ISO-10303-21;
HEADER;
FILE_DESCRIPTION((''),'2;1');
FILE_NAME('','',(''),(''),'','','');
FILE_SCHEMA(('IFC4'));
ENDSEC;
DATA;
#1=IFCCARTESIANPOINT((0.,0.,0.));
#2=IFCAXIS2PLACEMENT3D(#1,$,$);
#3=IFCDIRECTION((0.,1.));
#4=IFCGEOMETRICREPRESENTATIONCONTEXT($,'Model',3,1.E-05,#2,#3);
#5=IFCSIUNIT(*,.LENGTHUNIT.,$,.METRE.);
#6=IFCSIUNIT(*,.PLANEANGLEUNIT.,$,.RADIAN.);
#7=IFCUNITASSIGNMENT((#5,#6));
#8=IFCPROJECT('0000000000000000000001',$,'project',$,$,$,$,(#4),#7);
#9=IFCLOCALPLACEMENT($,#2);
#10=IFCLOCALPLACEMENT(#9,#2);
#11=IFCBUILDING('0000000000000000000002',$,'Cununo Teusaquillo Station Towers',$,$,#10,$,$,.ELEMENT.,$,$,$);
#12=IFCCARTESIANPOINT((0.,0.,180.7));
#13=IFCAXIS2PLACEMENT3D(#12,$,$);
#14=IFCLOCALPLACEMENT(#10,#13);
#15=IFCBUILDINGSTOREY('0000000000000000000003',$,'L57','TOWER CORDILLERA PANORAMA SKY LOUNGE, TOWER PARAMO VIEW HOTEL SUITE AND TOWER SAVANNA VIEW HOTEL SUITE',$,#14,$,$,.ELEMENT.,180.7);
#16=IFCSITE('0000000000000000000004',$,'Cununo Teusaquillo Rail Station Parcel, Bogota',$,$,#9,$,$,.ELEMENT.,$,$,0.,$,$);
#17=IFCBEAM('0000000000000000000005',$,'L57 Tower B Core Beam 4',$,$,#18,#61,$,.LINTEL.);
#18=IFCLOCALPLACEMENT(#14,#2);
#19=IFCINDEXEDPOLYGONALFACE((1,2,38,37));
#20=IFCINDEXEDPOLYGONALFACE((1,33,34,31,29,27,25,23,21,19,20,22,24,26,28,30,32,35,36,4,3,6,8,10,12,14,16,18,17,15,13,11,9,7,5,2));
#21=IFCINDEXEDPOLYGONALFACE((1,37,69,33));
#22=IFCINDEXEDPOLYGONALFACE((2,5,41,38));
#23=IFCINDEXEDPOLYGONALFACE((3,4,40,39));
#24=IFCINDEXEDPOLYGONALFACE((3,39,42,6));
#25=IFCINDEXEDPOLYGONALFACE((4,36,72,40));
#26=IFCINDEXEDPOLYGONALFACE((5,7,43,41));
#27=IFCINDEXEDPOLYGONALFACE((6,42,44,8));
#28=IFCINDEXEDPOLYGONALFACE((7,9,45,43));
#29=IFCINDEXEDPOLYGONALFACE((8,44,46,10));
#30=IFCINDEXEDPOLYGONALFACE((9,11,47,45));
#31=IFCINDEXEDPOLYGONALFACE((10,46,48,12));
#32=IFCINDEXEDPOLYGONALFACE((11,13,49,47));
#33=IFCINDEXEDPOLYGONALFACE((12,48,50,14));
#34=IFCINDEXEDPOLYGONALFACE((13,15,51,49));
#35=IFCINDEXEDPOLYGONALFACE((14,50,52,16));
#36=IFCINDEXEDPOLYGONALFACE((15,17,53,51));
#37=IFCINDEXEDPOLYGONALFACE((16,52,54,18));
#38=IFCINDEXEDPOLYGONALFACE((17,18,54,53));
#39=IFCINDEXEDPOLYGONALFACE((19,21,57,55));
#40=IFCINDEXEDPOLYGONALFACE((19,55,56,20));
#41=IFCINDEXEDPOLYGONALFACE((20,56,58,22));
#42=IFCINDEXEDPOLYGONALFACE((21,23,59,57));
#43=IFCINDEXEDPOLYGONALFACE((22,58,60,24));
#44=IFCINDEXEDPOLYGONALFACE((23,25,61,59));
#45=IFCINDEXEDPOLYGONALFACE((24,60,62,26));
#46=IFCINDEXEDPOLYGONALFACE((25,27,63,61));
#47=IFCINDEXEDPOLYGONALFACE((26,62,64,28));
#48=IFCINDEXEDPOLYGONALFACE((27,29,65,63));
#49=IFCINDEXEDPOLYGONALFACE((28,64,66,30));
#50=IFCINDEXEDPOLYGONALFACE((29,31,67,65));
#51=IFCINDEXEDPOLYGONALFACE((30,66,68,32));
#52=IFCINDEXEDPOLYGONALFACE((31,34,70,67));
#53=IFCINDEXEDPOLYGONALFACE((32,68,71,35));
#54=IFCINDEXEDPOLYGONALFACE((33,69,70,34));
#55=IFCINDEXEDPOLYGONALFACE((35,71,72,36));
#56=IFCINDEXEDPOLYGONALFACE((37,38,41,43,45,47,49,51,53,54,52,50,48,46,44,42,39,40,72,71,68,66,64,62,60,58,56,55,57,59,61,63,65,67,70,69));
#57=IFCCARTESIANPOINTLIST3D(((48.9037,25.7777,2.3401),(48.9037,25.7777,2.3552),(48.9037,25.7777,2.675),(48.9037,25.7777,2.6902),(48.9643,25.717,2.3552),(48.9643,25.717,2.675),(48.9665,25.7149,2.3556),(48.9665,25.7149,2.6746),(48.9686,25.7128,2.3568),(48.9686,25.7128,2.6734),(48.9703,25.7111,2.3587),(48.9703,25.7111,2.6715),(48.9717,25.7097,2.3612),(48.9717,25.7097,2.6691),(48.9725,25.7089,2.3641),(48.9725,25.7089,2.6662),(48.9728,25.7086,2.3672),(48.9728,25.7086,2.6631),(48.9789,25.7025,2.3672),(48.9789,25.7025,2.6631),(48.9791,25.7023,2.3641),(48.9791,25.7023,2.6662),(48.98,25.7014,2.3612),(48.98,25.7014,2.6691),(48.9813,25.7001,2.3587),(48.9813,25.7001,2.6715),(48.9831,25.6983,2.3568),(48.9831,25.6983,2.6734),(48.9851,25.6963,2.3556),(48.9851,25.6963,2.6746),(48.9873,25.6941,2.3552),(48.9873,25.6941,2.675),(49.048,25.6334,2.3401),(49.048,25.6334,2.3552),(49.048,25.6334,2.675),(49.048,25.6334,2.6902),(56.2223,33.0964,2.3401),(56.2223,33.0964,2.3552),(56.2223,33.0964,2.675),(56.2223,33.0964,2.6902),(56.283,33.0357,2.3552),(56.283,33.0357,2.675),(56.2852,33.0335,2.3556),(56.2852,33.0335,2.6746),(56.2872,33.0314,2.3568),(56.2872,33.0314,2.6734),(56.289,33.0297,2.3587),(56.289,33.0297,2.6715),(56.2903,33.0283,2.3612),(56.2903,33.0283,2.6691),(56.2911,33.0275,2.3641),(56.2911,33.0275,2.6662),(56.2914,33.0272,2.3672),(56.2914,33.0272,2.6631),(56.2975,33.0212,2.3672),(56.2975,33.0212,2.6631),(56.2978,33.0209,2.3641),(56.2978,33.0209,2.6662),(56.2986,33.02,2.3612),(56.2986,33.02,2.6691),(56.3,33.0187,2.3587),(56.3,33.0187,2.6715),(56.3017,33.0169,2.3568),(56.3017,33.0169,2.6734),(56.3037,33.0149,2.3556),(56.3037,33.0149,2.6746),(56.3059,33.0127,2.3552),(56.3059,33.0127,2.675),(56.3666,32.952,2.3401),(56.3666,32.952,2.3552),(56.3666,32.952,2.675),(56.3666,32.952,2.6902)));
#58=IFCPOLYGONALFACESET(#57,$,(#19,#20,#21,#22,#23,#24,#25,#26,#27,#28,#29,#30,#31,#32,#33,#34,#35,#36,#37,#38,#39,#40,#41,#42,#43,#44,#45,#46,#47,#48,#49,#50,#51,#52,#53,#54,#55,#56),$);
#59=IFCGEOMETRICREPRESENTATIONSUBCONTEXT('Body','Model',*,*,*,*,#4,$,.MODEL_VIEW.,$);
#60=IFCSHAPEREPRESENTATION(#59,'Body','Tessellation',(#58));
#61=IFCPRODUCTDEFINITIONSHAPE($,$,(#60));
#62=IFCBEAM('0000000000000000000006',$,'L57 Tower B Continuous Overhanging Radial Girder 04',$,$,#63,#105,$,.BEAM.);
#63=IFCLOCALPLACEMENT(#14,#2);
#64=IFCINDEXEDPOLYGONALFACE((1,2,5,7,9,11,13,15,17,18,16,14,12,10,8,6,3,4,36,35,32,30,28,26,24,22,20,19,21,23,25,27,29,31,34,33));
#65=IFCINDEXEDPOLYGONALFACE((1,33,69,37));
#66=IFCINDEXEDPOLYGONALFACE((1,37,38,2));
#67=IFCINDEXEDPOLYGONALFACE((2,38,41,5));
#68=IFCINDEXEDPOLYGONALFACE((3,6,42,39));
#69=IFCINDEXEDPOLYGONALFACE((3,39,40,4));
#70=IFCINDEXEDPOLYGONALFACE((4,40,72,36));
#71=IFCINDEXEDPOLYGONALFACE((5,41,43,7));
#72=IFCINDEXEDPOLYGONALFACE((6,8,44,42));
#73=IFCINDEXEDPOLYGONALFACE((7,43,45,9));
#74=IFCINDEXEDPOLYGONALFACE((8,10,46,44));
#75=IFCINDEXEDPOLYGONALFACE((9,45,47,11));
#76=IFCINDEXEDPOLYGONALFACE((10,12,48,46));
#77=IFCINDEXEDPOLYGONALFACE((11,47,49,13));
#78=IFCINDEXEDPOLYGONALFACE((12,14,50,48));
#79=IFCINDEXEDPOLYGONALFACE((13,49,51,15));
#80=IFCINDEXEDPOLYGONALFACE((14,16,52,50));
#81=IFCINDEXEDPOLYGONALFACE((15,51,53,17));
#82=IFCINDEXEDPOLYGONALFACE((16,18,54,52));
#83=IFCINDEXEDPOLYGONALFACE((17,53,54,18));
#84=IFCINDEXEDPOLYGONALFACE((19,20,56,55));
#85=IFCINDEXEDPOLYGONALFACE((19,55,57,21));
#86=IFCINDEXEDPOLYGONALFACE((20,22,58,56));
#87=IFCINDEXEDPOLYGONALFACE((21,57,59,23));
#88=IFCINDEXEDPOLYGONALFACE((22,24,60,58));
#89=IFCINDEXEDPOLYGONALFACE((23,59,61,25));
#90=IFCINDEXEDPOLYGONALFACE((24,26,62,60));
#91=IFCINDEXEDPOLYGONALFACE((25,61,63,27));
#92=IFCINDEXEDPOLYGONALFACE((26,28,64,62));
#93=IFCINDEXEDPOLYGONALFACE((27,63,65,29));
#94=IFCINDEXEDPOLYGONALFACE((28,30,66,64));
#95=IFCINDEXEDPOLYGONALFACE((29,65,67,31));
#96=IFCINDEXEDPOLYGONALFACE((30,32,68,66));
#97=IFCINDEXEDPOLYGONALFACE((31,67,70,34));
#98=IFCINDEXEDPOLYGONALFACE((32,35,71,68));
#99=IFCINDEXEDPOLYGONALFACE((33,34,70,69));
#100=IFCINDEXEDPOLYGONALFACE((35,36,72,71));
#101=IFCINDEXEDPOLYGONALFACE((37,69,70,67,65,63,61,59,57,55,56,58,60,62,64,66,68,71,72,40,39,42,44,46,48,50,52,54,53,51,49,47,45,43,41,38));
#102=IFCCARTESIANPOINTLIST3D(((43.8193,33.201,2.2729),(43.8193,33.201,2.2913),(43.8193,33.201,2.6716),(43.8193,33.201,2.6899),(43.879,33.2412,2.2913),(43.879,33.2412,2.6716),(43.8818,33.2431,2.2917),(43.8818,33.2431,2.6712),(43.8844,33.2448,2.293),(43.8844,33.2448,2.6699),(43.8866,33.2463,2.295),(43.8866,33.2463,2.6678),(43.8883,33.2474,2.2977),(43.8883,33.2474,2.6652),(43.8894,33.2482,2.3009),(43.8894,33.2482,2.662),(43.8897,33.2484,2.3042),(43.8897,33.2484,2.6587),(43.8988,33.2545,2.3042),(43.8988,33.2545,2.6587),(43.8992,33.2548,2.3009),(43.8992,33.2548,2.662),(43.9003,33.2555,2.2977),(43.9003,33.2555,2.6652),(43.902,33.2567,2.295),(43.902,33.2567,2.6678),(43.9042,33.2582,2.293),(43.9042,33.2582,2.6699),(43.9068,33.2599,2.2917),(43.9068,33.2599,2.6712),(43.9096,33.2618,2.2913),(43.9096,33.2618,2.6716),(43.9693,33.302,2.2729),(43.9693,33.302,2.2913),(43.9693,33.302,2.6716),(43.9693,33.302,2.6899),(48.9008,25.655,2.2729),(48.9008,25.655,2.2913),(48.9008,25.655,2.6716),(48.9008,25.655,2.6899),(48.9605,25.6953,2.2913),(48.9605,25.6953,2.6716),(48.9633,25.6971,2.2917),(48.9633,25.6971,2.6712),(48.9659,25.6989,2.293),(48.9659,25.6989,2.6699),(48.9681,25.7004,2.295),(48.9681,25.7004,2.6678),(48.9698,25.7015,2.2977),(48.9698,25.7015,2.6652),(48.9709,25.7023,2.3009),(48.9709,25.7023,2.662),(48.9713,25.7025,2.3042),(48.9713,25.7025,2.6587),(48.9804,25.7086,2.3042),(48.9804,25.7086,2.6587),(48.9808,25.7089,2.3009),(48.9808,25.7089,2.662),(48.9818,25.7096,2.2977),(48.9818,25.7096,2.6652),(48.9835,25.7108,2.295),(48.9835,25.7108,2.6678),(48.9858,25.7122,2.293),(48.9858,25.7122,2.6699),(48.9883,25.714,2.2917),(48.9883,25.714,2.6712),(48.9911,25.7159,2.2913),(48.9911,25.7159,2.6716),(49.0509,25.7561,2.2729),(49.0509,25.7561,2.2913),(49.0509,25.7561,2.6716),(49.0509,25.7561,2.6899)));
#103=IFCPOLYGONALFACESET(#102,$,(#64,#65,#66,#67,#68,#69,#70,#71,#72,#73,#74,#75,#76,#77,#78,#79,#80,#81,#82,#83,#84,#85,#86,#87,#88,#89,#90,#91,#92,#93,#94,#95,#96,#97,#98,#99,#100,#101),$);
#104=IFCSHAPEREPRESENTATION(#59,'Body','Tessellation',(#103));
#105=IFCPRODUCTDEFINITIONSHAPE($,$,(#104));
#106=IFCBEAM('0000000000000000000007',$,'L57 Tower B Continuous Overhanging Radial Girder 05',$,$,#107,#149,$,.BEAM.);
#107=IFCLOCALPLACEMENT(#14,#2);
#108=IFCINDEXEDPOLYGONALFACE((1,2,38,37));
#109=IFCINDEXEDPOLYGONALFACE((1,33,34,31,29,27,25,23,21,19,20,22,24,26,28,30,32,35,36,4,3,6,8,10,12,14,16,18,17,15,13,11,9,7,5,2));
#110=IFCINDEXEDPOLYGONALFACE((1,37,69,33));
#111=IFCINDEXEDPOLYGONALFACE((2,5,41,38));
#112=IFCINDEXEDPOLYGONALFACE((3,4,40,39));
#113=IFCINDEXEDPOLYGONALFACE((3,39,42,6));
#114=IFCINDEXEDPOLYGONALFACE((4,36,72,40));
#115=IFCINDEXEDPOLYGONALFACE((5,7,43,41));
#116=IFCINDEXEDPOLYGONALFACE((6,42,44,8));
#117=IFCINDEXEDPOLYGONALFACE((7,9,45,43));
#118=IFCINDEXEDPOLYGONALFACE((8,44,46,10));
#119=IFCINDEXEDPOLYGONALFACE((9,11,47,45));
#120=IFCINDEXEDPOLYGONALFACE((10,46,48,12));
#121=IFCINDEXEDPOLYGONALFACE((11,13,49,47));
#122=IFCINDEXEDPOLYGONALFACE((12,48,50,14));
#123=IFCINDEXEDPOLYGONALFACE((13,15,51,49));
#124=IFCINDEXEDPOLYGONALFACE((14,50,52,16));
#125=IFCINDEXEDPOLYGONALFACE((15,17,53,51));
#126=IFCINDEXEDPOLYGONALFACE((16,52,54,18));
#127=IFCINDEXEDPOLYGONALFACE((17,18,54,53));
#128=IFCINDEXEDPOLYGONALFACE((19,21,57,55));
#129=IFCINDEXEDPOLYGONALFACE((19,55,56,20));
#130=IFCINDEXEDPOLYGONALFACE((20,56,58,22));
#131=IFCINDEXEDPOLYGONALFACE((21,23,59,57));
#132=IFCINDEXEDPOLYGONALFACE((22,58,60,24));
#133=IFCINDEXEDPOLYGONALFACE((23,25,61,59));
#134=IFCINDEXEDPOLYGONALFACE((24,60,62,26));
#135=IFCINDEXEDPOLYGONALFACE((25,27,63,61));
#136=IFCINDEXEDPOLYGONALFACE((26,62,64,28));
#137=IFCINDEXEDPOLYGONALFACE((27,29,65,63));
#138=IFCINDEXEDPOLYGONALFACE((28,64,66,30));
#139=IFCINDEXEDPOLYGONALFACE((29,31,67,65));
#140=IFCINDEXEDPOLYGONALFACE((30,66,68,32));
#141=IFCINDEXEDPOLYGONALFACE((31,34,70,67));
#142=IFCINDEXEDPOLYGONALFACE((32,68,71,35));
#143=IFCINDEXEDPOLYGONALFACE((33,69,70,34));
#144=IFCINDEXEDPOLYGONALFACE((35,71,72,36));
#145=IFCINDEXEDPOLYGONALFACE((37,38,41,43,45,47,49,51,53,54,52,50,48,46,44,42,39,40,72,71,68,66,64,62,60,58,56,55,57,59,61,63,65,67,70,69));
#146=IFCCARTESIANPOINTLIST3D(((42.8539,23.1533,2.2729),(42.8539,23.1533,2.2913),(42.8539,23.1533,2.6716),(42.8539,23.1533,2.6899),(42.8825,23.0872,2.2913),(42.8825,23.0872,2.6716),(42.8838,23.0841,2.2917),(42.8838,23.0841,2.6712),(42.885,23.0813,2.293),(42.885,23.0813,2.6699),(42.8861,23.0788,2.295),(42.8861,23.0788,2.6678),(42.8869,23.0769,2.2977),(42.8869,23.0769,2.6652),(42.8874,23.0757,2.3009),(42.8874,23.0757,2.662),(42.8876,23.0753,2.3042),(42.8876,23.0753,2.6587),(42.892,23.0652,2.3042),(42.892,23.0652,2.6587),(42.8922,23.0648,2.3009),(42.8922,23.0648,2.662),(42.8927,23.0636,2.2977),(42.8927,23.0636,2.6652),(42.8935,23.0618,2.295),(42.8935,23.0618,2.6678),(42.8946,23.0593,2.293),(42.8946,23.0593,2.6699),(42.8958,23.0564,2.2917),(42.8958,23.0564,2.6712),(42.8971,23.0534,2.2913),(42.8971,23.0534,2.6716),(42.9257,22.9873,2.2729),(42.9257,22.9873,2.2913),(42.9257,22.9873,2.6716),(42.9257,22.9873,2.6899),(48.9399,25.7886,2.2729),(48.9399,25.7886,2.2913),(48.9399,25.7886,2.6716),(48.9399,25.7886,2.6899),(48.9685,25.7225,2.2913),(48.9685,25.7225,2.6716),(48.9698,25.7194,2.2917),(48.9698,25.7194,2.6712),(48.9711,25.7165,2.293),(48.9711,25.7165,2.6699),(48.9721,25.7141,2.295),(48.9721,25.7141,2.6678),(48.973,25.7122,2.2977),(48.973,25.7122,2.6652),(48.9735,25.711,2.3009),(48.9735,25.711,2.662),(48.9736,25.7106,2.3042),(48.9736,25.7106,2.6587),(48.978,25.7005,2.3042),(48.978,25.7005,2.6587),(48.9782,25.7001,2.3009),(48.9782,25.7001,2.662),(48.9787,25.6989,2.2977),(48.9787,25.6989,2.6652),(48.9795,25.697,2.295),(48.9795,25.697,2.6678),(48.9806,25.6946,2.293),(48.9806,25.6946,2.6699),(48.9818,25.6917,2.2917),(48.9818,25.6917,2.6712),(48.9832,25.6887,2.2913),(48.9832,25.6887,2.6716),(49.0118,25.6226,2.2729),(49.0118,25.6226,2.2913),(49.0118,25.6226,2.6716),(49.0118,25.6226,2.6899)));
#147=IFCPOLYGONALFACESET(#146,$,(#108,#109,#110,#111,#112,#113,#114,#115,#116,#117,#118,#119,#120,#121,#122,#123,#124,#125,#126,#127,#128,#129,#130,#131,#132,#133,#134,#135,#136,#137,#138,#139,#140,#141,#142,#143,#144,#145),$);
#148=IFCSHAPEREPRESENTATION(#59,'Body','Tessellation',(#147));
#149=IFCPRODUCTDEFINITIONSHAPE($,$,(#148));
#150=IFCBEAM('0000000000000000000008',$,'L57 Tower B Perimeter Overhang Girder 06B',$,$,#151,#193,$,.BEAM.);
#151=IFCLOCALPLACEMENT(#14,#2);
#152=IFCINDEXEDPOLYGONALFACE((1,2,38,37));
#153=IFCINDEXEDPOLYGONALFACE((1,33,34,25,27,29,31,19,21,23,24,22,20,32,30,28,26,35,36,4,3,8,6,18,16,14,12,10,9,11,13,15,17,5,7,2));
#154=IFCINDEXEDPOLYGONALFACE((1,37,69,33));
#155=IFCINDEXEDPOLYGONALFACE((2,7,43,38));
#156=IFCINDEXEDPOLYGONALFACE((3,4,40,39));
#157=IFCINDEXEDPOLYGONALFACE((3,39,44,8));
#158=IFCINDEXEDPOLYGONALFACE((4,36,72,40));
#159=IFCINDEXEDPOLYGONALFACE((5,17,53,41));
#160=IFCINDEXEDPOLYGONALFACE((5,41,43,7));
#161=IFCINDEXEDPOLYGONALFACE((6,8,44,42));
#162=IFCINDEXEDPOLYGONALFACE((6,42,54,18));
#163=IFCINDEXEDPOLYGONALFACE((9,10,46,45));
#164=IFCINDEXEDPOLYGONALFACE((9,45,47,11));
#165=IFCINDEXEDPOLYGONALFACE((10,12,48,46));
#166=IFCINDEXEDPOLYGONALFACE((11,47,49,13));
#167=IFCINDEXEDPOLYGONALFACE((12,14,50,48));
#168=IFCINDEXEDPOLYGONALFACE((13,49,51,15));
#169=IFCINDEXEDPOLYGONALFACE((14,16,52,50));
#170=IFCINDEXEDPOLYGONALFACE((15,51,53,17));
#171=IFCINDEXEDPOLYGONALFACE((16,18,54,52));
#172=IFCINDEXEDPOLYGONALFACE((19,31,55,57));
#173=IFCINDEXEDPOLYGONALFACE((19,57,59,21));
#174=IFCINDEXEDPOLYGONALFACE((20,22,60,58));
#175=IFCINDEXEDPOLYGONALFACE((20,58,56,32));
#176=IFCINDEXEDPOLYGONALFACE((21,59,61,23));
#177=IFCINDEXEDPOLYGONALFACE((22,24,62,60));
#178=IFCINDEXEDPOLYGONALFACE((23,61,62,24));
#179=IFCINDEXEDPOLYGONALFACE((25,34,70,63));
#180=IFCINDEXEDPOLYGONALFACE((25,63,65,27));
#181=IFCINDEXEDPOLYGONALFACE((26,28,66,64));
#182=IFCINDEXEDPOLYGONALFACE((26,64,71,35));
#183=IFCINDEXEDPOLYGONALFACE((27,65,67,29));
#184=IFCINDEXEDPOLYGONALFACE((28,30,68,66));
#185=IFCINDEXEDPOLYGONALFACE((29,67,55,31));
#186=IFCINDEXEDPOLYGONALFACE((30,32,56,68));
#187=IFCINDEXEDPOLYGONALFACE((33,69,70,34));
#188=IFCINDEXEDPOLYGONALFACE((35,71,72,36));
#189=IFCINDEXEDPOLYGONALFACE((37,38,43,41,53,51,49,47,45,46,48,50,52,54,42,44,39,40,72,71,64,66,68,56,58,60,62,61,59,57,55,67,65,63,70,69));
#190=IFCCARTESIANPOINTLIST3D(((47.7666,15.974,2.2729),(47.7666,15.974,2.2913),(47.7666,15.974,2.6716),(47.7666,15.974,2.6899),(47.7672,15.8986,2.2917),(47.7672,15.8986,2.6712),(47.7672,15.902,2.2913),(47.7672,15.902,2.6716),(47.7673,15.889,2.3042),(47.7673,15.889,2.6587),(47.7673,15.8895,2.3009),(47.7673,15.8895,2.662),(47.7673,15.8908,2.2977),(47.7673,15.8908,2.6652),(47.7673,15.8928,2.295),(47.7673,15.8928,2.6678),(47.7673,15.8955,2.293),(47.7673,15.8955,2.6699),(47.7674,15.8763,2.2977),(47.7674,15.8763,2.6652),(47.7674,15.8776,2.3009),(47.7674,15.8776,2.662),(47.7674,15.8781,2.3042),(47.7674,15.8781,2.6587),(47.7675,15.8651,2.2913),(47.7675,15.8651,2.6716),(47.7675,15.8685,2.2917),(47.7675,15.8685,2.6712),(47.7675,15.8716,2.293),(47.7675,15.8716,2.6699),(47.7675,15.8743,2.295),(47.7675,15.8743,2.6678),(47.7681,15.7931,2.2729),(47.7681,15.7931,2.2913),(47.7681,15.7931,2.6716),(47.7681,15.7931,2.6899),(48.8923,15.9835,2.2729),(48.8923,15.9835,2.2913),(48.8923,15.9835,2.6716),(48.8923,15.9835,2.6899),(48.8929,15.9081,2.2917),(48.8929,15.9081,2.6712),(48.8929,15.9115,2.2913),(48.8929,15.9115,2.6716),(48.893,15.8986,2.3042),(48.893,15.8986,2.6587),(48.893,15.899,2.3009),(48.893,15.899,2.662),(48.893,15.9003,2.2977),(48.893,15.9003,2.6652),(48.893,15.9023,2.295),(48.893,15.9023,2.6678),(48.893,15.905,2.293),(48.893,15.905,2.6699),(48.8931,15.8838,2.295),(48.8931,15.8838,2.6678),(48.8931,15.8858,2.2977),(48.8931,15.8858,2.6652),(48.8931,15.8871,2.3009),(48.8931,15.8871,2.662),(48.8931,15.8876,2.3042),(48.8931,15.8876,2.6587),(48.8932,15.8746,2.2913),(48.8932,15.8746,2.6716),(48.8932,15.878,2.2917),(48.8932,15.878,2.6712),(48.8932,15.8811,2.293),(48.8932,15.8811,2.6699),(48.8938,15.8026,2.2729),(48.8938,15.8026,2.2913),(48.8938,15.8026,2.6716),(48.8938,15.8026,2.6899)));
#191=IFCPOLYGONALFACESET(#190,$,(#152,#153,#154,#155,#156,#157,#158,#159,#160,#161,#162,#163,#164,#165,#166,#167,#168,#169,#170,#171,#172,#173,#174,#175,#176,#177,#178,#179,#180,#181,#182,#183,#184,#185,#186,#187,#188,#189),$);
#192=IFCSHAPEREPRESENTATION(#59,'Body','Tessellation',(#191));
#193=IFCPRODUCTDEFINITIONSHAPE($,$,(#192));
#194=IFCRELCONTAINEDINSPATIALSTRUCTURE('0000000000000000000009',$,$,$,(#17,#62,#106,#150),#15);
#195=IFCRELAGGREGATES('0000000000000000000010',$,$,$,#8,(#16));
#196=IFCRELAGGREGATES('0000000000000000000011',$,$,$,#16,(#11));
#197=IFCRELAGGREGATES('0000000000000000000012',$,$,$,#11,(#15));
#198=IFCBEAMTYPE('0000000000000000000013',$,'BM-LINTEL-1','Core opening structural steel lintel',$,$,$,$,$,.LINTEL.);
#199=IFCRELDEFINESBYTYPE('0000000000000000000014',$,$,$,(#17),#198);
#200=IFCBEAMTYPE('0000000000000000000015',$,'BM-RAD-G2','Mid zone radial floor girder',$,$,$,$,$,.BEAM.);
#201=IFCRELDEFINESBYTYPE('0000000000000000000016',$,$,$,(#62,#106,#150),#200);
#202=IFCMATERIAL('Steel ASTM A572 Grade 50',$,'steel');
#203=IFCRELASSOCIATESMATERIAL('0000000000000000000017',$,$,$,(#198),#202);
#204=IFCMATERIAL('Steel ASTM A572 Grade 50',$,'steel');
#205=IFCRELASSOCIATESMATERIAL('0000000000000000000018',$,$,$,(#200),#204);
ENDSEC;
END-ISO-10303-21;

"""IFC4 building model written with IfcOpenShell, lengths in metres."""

from ifc_helpers import new_model, si_unit, direction, frame, origin, origin_2d, place, context, subcontext, project, spatial, i_section, extrude, material, material_profile, profile_set, type_object, element, save


model = new_model("IFC4")

# Units and contexts
model_context = context("Model", 3, precision=1e-05, world=origin(), true_north=direction((0.0, 1.0)))
body_context = subcontext(model_context, "Body", "Model", "MODEL_VIEW")
ifc_project = project(units=[si_unit("LENGTHUNIT", "METRE"), si_unit("PLANEANGLEUNIT", "RADIAN")], contexts=[model_context])

# Site, building, storey
site_placement = place(None, origin())
site = spatial("IfcSite", under=ifc_project, at=site_placement, Name="Cununo Teusaquillo Rail Station Parcel, Bogota", CompositionType="ELEMENT", RefElevation=0.0)
building_placement = place(site_placement, origin())
building = spatial("IfcBuilding", under=site, at=building_placement, Name="Cununo Teusaquillo Station Towers", CompositionType="ELEMENT")
storey_placement = place(building_placement, frame((0.0, 0.0, 180.7)))
storey = spatial("IfcBuildingStorey", under=building, at=storey_placement, Name="L57", Description="TOWER CORDILLERA PANORAMA SKY LOUNGE, TOWER PARAMO VIEW HOTEL SUITE AND TOWER SAVANNA VIEW HOTEL SUITE", CompositionType="ELEMENT", Elevation=180.7)

# Beams
ifc_material_1 = material(Name="Steel ASTM A572 Grade 50", Category="steel")
ifc_material_profile_1 = material_profile(ifc_material_1, i_section(OverallWidth=0.2041, OverallDepth=0.3501, WebThickness=0.0085, FlangeThickness=0.0151, FilletRadius=0.012, at=origin_2d()), Name="W14X48")
ifc_profile_set_1 = profile_set([ifc_material_profile_1], Name="Steel ASTM A572 Grade 50")
beam_type_1 = type_object("IfcBeamType", Name="BM-LINTEL-1", Description="Core opening structural steel lintel", PredefinedType="LINTEL", material=ifc_profile_set_1)
beam_1_placement = place(storey_placement, frame((48.9758, 25.7056, 2.5151), z_axis=(0.707107, 0.707107, 0.0), x_axis=(-0.707107, 0.707107, 0.0)))
element("IfcBeam", 1, at=beam_1_placement, inside=storey, type_object=beam_type_1, Name="L57 Tower B Core Beam 4", PredefinedType="LINTEL", context=body_context, shape_type="SweptSolid", body=[
    extrude(i_section(OverallWidth=0.2041, OverallDepth=0.3501, WebThickness=0.0085, FlangeThickness=0.0151, FilletRadius=0.012, at=origin_2d()), origin(), (0.0, 0.0, 1.0), 10.3501),
])
ifc_material_2 = material(Name="Steel ASTM A572 Grade 50", Category="steel")
ifc_material_profile_2 = material_profile(ifc_material_2, i_section(OverallWidth=0.1809, OverallDepth=0.417, WebThickness=0.011, FlangeThickness=0.0183, FilletRadius=0.0129, at=origin_2d()), Name="W16X57")
ifc_profile_set_2 = profile_set([ifc_material_profile_2], Name="Steel ASTM A572 Grade 50")
beam_type_2 = type_object("IfcBeamType", Name="BM-RAD-G2", Description="Mid zone radial floor girder", PredefinedType="BEAM", material=ifc_profile_set_2)
beam_2_placement = place(storey_placement, frame((48.9758, 25.7056, 2.4814), z_axis=(-0.558571, 0.829457, 0.0), x_axis=(-0.829457, -0.558571, 0.0)))
element("IfcBeam", 2, at=beam_2_placement, inside=storey, type_object=beam_type_2, Name="L57 Tower B Continuous Overhanging Radial Girder 04", PredefinedType="BEAM", context=body_context, shape_type="SweptSolid", body=[
    extrude(i_section(OverallWidth=0.1809, OverallDepth=0.417, WebThickness=0.011, FlangeThickness=0.0183, FilletRadius=0.0129, at=origin_2d()), origin(), (0.0, 0.0, 1.0), 9.0974),
])
beam_3_placement = place(storey_placement, frame((48.9758, 25.7056, 2.4814), z_axis=(-0.917665, -0.397355, 0.0), x_axis=(0.397355, -0.917665, 0.0)))
element("IfcBeam", 3, at=beam_3_placement, inside=storey, type_object=beam_type_2, Name="L57 Tower B Continuous Overhanging Radial Girder 05", PredefinedType="BEAM", context=body_context, shape_type="SweptSolid", body=[
    extrude(i_section(OverallWidth=0.1809, OverallDepth=0.417, WebThickness=0.011, FlangeThickness=0.0183, FilletRadius=0.0129, at=origin_2d()), origin(), (0.0, 0.0, 1.0), 6.6321),
])
beam_4_placement = place(storey_placement, frame((48.8931, 15.8931, 2.4814), z_axis=(-0.999964, -0.008458, 0.0), x_axis=(0.008458, -0.999964, 0.0)))
element("IfcBeam", 4, at=beam_4_placement, inside=storey, type_object=beam_type_2, Name="L57 Tower B Perimeter Overhang Girder 06B", PredefinedType="BEAM", context=body_context, shape_type="SweptSolid", body=[
    extrude(i_section(OverallWidth=0.1809, OverallDepth=0.417, WebThickness=0.011, FlangeThickness=0.0183, FilletRadius=0.0129, at=origin_2d()), origin(), (0.0, 0.0, 1.0), 1.1257),
])

save(model, "model.ifc")
